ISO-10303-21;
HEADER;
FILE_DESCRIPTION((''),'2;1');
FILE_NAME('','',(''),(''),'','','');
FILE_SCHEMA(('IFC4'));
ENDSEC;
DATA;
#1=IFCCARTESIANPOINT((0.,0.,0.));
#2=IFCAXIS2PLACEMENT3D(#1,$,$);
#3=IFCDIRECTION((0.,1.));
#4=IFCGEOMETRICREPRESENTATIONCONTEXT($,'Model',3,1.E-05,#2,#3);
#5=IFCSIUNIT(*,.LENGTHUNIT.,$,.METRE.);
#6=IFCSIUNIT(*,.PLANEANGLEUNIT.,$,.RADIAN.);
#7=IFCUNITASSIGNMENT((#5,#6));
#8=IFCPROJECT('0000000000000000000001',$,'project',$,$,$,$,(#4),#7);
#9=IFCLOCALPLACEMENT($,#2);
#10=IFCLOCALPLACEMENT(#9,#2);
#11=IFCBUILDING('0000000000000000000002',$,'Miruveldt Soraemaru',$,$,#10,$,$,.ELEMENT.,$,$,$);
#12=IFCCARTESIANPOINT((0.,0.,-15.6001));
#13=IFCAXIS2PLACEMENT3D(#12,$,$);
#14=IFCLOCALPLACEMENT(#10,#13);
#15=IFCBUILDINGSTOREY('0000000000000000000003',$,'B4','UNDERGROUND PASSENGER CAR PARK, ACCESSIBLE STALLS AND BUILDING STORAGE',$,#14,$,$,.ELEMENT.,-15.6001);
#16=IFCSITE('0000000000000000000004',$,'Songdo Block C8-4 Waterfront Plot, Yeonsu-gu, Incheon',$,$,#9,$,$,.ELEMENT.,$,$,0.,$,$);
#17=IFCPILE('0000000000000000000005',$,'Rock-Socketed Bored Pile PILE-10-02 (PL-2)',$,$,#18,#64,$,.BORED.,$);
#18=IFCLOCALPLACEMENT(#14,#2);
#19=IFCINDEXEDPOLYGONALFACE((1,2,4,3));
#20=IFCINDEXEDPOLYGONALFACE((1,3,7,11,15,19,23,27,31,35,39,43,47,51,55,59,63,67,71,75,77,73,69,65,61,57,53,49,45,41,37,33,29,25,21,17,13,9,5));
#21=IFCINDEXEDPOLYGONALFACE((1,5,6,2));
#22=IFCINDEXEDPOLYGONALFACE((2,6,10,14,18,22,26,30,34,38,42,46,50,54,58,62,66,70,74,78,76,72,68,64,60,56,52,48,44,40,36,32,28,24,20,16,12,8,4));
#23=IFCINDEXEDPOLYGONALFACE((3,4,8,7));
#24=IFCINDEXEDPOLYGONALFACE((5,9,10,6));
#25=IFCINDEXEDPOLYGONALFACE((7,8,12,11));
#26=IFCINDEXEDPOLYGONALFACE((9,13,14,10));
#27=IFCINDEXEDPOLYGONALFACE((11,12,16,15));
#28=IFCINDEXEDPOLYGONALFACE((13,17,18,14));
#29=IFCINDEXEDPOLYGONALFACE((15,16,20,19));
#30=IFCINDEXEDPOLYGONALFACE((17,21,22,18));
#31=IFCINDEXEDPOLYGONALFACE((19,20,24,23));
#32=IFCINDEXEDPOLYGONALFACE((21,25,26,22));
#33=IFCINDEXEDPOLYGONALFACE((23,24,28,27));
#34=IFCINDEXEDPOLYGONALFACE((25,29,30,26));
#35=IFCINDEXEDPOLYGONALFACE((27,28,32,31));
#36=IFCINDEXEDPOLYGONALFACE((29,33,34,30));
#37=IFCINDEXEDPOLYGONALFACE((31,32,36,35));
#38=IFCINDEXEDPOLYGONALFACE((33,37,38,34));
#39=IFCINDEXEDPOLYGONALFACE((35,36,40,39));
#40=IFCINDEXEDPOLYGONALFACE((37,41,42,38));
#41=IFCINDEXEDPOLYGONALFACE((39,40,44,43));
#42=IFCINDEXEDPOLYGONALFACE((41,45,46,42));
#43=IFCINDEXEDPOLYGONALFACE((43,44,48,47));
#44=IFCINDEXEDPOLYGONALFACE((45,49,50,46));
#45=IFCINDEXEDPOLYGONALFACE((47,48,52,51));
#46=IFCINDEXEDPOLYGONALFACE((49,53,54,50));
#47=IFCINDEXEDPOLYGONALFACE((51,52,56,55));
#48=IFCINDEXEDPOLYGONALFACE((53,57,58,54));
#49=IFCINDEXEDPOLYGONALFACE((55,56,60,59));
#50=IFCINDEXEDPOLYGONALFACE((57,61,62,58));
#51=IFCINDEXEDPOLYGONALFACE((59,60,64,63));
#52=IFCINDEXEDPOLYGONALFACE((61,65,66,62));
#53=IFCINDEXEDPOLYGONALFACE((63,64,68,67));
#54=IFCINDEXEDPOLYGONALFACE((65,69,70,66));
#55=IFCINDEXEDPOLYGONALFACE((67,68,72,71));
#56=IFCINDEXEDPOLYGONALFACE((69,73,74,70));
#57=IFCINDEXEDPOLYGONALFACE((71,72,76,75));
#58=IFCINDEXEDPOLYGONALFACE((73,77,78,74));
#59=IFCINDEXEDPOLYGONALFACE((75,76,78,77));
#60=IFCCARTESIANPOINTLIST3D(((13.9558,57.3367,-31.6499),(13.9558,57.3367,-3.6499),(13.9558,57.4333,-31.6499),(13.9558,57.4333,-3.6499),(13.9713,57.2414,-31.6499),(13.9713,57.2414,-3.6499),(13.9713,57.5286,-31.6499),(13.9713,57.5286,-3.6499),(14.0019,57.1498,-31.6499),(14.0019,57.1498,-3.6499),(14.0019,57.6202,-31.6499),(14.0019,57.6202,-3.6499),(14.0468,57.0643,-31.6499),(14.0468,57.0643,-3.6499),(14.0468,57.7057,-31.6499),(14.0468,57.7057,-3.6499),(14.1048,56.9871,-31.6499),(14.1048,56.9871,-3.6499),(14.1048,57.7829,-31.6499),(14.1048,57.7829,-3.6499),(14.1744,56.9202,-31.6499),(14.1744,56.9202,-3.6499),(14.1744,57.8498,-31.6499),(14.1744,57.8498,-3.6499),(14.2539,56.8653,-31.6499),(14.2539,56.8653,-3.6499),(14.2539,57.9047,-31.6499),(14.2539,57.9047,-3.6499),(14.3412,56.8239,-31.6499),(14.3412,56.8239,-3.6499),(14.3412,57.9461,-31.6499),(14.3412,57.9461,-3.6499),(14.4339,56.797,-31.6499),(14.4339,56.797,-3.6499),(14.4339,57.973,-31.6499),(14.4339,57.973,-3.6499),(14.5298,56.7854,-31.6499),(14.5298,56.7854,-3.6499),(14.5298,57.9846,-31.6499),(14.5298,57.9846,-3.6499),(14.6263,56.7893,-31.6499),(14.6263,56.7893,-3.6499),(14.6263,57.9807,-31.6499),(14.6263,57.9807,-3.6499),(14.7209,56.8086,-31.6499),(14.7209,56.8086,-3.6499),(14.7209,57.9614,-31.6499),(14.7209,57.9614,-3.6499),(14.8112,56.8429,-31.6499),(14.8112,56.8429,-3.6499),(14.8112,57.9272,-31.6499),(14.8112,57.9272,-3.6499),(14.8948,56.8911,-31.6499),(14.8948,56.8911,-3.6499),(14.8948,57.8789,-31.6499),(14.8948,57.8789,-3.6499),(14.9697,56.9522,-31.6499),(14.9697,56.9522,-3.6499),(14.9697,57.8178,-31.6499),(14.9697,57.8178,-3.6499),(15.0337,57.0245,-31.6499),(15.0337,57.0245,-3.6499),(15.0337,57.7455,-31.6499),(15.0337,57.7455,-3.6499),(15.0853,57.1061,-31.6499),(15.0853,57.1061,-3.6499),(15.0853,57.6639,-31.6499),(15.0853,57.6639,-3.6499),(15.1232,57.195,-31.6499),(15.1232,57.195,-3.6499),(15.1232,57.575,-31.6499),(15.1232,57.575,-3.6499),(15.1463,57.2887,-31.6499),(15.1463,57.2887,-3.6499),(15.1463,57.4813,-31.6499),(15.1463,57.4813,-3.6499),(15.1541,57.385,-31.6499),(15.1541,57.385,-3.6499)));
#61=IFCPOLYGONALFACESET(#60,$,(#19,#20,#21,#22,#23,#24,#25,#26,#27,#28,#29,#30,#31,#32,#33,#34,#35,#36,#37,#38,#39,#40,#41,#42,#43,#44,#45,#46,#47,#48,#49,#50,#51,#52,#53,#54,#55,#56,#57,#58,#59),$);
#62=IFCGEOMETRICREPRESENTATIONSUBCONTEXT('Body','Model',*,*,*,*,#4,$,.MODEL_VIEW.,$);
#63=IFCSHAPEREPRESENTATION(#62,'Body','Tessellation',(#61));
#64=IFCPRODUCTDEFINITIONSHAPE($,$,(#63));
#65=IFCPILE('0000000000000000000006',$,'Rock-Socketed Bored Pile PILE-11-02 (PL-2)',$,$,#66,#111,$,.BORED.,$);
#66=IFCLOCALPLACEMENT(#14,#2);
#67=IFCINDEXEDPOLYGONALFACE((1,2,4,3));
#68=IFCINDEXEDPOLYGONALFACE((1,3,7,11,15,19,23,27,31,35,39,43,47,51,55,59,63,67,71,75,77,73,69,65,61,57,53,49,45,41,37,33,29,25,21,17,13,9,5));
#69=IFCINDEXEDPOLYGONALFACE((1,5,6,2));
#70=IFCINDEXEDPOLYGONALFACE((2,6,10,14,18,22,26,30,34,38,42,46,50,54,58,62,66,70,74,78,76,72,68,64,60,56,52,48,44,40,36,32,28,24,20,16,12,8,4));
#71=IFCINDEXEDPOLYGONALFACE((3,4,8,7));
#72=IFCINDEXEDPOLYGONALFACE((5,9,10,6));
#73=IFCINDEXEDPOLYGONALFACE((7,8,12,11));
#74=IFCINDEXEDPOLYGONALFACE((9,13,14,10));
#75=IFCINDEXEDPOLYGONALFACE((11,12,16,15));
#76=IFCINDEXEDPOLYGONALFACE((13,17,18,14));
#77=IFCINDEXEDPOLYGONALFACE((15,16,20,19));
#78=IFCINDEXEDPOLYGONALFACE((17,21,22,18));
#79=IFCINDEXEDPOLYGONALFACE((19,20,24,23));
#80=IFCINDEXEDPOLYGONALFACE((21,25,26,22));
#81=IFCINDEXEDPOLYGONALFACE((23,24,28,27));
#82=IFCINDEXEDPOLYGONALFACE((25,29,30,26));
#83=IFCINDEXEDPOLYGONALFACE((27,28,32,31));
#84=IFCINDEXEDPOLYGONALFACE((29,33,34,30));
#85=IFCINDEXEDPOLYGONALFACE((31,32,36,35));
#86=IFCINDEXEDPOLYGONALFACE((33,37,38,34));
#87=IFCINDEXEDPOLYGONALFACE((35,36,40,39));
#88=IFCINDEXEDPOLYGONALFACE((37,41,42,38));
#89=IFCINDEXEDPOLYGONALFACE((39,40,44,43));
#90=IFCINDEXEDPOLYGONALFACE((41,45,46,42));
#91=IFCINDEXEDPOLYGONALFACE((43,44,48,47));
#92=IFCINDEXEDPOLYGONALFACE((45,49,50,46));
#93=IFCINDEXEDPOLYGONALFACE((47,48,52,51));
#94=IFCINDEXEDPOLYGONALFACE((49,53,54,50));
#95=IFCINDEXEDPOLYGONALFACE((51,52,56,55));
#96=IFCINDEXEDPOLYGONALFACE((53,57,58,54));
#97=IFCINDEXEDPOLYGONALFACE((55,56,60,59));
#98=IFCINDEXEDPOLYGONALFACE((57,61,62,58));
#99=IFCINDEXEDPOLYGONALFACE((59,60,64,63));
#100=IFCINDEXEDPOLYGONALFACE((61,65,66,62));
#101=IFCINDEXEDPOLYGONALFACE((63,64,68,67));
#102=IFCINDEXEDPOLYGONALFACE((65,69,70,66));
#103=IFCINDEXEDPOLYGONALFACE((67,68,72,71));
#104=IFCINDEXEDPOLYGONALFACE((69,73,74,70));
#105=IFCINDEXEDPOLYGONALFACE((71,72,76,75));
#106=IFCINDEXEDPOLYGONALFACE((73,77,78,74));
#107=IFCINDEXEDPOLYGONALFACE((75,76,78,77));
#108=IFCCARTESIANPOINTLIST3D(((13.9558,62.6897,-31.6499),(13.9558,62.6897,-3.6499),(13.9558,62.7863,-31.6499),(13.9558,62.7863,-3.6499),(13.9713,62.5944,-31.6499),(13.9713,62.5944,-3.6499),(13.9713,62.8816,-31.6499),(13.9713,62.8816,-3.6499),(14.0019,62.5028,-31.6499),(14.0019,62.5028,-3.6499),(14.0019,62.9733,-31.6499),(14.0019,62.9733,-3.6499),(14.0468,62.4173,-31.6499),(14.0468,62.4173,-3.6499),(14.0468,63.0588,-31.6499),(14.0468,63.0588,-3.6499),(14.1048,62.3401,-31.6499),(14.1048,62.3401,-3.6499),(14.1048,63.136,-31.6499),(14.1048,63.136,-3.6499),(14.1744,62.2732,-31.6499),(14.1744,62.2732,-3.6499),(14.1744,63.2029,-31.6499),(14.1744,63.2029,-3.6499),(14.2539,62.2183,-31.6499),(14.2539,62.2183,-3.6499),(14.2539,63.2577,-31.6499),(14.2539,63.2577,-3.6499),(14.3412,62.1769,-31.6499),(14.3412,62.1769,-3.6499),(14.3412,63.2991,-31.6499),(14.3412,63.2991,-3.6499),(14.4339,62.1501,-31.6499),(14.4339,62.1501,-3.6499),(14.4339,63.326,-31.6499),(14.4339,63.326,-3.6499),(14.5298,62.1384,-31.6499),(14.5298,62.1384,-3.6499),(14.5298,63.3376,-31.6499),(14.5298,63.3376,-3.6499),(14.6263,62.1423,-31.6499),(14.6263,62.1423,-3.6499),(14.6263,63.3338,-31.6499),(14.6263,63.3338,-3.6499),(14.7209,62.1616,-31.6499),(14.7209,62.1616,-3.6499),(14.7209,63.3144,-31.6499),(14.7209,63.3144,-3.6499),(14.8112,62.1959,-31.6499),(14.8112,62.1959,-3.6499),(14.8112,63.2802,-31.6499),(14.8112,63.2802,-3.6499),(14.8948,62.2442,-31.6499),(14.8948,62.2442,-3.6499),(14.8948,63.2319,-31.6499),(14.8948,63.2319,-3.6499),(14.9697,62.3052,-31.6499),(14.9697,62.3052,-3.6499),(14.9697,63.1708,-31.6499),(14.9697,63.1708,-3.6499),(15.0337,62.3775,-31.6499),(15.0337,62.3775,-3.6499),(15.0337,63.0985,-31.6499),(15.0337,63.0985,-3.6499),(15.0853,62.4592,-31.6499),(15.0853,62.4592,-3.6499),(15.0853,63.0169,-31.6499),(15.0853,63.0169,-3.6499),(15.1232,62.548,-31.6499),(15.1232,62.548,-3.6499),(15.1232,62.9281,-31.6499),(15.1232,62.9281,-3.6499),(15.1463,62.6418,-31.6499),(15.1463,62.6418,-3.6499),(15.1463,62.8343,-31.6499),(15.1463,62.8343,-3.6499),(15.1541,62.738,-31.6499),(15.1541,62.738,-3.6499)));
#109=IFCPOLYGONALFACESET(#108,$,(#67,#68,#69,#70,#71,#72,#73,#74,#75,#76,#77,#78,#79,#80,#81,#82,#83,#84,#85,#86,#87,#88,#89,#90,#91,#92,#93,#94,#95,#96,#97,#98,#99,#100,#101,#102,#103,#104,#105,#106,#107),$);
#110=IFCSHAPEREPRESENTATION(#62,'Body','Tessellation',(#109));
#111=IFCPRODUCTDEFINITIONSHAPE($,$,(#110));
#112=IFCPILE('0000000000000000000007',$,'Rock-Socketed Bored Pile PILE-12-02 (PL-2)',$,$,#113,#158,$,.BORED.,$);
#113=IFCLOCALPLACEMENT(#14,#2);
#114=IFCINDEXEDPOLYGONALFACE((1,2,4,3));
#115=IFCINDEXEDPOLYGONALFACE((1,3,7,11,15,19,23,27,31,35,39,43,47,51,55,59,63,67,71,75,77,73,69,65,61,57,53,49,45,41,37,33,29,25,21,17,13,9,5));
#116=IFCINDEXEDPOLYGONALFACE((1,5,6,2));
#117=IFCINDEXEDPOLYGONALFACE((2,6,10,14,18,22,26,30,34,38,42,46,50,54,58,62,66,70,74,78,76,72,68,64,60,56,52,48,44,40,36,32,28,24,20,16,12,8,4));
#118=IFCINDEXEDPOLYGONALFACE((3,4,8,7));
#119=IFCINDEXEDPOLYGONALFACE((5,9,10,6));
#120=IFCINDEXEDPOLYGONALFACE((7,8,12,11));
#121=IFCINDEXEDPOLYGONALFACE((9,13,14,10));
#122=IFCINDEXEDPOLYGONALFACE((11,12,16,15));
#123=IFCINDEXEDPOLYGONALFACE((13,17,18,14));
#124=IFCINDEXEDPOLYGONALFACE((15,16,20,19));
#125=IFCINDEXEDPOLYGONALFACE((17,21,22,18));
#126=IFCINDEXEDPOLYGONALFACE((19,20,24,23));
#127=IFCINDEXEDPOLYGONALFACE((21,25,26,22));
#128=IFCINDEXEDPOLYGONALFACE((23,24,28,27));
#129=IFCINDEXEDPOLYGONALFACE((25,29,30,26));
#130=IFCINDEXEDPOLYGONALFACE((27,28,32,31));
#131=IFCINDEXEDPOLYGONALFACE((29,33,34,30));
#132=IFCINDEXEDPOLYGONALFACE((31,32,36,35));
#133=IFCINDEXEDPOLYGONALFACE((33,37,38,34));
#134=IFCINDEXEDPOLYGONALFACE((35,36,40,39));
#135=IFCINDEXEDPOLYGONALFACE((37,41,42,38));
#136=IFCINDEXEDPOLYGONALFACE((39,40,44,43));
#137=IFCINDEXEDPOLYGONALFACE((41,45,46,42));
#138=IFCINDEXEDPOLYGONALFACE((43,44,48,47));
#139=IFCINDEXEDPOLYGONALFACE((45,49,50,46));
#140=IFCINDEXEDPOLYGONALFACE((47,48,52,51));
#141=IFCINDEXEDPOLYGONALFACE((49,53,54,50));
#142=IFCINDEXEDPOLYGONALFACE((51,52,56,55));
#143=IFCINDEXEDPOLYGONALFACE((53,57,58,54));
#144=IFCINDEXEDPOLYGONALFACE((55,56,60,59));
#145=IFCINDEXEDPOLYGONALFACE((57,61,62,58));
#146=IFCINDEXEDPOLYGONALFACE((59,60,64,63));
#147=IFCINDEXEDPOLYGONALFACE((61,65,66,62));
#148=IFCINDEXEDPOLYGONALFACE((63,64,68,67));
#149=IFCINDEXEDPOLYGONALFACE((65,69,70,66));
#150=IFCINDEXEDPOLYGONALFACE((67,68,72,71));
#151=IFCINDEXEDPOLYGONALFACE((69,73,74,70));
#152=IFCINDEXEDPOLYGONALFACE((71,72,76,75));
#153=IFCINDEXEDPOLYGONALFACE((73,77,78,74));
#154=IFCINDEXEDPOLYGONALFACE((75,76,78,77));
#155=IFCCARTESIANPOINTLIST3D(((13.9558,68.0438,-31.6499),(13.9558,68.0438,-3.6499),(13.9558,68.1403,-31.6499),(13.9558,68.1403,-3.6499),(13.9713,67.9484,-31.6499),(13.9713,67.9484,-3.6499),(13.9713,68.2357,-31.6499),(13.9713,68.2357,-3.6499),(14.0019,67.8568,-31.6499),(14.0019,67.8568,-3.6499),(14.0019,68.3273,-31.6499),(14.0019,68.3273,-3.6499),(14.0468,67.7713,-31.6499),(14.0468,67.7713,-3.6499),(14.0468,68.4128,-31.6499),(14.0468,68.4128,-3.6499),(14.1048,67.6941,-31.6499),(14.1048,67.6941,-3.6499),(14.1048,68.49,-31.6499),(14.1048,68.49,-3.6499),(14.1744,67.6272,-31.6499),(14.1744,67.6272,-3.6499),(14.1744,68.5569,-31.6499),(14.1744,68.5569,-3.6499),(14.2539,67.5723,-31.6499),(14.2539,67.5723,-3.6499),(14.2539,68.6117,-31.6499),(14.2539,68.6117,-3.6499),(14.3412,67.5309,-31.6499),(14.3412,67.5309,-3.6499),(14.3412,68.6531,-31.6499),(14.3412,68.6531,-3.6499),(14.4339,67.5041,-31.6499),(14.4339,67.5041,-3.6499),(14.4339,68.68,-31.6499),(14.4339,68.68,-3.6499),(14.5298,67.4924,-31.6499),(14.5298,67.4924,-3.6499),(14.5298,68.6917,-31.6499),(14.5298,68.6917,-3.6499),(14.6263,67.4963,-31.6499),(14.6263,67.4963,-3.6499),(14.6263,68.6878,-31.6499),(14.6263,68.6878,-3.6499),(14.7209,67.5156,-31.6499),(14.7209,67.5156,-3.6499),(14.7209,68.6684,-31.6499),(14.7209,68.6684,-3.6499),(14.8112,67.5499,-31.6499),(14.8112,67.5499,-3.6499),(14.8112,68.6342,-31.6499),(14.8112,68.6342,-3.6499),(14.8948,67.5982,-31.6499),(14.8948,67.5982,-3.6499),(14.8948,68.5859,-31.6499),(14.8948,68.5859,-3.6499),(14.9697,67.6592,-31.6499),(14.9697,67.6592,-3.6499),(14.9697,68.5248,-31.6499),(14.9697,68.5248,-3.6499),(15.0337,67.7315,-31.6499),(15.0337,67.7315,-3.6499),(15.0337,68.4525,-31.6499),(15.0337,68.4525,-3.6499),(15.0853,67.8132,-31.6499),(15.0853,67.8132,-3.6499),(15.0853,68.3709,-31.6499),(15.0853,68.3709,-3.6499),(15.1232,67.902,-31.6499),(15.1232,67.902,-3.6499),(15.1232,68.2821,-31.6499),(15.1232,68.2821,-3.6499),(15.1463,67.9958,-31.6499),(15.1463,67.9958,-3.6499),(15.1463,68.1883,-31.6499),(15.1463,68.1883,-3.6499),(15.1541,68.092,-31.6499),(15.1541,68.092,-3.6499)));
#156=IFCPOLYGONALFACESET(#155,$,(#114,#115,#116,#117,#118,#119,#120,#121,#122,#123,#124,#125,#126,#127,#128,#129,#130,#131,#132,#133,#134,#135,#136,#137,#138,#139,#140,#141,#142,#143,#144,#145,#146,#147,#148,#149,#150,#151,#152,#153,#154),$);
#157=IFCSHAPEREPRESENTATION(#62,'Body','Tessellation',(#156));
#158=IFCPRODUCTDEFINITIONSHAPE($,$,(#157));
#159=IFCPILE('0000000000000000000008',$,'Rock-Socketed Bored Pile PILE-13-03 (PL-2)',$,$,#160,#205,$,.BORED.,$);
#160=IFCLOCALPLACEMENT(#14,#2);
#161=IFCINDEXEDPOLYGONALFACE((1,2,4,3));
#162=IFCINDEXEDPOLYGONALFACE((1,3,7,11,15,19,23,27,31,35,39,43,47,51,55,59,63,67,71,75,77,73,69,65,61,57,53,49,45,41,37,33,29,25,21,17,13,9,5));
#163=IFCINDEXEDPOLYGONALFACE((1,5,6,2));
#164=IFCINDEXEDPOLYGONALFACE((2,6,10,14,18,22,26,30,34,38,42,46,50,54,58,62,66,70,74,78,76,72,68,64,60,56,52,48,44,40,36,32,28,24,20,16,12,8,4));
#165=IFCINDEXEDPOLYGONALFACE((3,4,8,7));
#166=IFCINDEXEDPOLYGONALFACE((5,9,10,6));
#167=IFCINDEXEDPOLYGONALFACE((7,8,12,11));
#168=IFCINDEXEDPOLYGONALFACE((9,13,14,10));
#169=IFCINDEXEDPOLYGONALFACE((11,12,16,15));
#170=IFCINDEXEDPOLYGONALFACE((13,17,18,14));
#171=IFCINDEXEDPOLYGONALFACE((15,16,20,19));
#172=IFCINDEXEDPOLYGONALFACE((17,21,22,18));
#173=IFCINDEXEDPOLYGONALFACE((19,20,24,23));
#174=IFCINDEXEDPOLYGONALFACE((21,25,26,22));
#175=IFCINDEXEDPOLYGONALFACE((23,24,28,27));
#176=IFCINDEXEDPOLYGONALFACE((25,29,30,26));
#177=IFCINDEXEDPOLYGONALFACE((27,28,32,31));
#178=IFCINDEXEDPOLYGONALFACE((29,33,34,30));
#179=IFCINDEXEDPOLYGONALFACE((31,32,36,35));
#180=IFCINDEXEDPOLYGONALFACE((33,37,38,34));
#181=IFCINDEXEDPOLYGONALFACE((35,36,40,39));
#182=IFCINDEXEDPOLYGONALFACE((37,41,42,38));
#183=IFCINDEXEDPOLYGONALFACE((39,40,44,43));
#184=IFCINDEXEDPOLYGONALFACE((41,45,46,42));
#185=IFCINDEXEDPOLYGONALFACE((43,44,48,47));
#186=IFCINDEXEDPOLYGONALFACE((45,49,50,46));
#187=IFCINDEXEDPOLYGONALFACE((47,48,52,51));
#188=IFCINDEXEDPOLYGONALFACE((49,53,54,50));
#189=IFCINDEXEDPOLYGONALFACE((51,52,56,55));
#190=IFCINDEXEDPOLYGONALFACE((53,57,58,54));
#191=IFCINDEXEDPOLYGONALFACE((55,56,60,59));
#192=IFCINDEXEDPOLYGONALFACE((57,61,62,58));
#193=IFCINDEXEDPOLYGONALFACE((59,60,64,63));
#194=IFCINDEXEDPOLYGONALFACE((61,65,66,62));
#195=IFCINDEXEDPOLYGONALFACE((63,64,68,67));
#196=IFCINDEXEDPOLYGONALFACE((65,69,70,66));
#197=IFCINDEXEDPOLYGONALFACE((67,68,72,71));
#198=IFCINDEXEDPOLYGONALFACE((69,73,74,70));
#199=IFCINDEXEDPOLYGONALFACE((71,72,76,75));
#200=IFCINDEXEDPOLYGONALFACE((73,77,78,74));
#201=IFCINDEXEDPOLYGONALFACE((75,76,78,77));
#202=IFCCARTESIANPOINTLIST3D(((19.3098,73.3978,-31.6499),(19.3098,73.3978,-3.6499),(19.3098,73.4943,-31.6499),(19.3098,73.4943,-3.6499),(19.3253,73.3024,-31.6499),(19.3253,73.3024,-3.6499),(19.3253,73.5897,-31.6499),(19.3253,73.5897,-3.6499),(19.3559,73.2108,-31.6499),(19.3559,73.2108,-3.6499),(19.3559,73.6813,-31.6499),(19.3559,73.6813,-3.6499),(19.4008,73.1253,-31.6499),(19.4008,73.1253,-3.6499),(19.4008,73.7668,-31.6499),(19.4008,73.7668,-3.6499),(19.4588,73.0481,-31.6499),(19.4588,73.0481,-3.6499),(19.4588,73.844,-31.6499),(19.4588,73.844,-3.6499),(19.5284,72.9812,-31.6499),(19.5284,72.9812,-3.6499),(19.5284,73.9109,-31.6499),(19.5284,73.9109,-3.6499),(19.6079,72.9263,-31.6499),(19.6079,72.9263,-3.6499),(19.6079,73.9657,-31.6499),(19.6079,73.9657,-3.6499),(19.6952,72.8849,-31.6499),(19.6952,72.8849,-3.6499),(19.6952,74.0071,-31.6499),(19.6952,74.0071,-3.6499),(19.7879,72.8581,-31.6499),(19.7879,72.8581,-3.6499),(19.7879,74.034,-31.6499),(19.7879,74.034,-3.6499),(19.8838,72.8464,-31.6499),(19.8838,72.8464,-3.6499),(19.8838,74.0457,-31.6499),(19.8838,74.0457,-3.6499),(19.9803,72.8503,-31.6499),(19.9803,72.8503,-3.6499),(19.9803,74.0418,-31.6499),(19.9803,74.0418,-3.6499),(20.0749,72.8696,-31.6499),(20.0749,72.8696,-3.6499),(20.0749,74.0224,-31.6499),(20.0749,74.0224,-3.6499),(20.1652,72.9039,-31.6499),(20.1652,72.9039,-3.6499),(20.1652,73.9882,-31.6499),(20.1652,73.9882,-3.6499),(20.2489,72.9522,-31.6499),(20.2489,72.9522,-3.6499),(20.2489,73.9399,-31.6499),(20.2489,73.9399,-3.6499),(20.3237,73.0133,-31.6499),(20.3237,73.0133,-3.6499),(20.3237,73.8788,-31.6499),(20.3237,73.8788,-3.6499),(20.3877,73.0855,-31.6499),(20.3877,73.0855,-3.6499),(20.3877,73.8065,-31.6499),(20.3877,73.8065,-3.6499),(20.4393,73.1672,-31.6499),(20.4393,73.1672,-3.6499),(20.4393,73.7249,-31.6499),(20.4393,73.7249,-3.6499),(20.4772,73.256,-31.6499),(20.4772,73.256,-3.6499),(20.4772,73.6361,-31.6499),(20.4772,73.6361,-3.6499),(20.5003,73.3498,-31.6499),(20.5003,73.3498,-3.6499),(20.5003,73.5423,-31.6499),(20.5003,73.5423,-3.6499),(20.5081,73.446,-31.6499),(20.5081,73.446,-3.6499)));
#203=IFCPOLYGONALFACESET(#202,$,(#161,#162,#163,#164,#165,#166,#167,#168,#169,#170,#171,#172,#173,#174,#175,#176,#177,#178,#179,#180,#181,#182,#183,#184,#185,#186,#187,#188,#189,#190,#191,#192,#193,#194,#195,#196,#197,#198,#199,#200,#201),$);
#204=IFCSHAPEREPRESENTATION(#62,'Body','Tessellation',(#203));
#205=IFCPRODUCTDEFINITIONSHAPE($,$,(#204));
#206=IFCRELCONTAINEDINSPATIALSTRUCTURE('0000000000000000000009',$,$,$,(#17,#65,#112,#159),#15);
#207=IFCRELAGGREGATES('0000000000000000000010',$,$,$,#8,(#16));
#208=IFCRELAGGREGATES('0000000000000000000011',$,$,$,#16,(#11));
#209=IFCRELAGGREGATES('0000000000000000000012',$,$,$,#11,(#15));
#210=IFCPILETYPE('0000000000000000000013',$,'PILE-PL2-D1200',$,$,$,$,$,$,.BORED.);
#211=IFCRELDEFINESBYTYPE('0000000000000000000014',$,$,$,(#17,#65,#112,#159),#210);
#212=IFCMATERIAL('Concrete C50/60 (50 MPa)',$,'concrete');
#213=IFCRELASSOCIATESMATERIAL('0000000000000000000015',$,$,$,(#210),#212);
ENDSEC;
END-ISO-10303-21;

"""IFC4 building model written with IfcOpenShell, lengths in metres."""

from ifc_helpers import new_model, si_unit, direction, frame, origin, origin_2d, place, context, subcontext, project, spatial, circle, extrude, material, material_profile, profile_set, type_object, element, save


model = new_model("IFC4")

# Units and contexts
model_context = context("Model", 3, precision=1e-05, world=origin(), true_north=direction((0.0, 1.0)))
body_context = subcontext(model_context, "Body", "Model", "MODEL_VIEW")
ifc_project = project(units=[si_unit("LENGTHUNIT", "METRE"), si_unit("PLANEANGLEUNIT", "RADIAN")], contexts=[model_context])

# Site, building, storey
site_placement = place(None, origin())
site = spatial("IfcSite", under=ifc_project, at=site_placement, Name="Songdo Block C8-4 Waterfront Plot, Yeonsu-gu, Incheon", CompositionType="ELEMENT", RefElevation=0.0)
building_placement = place(site_placement, origin())
building = spatial("IfcBuilding", under=site, at=building_placement, Name="Miruveldt Soraemaru", CompositionType="ELEMENT")
storey_placement = place(building_placement, frame((0.0, 0.0, -15.6001)))
storey = spatial("IfcBuildingStorey", under=building, at=storey_placement, Name="B4", Description="UNDERGROUND PASSENGER CAR PARK, ACCESSIBLE STALLS AND BUILDING STORAGE", CompositionType="ELEMENT", Elevation=-15.6001)

# Piles
ifc_material_1 = material(Name="Concrete C50/60 (50 MPa)", Category="concrete")
ifc_material_profile_1 = material_profile(ifc_material_1, circle(Radius=0.6001, at=origin_2d()), Name="Concrete C50/60 (50 MPa)", Category="concrete")
ifc_profile_set_1 = profile_set([ifc_material_profile_1], Name="Concrete C50/60 (50 MPa)")
pile_type_1 = type_object("IfcPileType", Name="PILE-PL2-D1200", PredefinedType="BORED", material=ifc_profile_set_1)
for number, where, z_axis, x_axis, name in (
    (1, (14.554, 57.385, -3.6499), (0.0, 0.0, -1.0), (1.0, 0.0, 0.0), "Rock-Socketed Bored Pile PILE-10-02 (PL-2)"),
    (2, (14.554, 62.738, -3.6499), (0.0, 0.0, -1.0), (1.0, 0.0, 0.0), "Rock-Socketed Bored Pile PILE-11-02 (PL-2)"),
    (3, (14.554, 68.092, -3.6499), (0.0, 0.0, -1.0), (1.0, 0.0, 0.0), "Rock-Socketed Bored Pile PILE-12-02 (PL-2)"),
    (4, (19.908, 73.446, -3.6499), (0.0, 0.0, -1.0), (1.0, 0.0, 0.0), "Rock-Socketed Bored Pile PILE-13-03 (PL-2)"),
):
    element("IfcPile", number, at=place(storey_placement, frame(where, z_axis=z_axis, x_axis=x_axis)), inside=storey, type_object=pile_type_1, Name=name, PredefinedType="BORED", context=body_context, shape_type="SweptSolid", body=[
        extrude(circle(Radius=0.6001, at=origin_2d()), origin(), (0.0, 0.0, 1.0), 28.0),
    ])

save(model, "model.ifc")
